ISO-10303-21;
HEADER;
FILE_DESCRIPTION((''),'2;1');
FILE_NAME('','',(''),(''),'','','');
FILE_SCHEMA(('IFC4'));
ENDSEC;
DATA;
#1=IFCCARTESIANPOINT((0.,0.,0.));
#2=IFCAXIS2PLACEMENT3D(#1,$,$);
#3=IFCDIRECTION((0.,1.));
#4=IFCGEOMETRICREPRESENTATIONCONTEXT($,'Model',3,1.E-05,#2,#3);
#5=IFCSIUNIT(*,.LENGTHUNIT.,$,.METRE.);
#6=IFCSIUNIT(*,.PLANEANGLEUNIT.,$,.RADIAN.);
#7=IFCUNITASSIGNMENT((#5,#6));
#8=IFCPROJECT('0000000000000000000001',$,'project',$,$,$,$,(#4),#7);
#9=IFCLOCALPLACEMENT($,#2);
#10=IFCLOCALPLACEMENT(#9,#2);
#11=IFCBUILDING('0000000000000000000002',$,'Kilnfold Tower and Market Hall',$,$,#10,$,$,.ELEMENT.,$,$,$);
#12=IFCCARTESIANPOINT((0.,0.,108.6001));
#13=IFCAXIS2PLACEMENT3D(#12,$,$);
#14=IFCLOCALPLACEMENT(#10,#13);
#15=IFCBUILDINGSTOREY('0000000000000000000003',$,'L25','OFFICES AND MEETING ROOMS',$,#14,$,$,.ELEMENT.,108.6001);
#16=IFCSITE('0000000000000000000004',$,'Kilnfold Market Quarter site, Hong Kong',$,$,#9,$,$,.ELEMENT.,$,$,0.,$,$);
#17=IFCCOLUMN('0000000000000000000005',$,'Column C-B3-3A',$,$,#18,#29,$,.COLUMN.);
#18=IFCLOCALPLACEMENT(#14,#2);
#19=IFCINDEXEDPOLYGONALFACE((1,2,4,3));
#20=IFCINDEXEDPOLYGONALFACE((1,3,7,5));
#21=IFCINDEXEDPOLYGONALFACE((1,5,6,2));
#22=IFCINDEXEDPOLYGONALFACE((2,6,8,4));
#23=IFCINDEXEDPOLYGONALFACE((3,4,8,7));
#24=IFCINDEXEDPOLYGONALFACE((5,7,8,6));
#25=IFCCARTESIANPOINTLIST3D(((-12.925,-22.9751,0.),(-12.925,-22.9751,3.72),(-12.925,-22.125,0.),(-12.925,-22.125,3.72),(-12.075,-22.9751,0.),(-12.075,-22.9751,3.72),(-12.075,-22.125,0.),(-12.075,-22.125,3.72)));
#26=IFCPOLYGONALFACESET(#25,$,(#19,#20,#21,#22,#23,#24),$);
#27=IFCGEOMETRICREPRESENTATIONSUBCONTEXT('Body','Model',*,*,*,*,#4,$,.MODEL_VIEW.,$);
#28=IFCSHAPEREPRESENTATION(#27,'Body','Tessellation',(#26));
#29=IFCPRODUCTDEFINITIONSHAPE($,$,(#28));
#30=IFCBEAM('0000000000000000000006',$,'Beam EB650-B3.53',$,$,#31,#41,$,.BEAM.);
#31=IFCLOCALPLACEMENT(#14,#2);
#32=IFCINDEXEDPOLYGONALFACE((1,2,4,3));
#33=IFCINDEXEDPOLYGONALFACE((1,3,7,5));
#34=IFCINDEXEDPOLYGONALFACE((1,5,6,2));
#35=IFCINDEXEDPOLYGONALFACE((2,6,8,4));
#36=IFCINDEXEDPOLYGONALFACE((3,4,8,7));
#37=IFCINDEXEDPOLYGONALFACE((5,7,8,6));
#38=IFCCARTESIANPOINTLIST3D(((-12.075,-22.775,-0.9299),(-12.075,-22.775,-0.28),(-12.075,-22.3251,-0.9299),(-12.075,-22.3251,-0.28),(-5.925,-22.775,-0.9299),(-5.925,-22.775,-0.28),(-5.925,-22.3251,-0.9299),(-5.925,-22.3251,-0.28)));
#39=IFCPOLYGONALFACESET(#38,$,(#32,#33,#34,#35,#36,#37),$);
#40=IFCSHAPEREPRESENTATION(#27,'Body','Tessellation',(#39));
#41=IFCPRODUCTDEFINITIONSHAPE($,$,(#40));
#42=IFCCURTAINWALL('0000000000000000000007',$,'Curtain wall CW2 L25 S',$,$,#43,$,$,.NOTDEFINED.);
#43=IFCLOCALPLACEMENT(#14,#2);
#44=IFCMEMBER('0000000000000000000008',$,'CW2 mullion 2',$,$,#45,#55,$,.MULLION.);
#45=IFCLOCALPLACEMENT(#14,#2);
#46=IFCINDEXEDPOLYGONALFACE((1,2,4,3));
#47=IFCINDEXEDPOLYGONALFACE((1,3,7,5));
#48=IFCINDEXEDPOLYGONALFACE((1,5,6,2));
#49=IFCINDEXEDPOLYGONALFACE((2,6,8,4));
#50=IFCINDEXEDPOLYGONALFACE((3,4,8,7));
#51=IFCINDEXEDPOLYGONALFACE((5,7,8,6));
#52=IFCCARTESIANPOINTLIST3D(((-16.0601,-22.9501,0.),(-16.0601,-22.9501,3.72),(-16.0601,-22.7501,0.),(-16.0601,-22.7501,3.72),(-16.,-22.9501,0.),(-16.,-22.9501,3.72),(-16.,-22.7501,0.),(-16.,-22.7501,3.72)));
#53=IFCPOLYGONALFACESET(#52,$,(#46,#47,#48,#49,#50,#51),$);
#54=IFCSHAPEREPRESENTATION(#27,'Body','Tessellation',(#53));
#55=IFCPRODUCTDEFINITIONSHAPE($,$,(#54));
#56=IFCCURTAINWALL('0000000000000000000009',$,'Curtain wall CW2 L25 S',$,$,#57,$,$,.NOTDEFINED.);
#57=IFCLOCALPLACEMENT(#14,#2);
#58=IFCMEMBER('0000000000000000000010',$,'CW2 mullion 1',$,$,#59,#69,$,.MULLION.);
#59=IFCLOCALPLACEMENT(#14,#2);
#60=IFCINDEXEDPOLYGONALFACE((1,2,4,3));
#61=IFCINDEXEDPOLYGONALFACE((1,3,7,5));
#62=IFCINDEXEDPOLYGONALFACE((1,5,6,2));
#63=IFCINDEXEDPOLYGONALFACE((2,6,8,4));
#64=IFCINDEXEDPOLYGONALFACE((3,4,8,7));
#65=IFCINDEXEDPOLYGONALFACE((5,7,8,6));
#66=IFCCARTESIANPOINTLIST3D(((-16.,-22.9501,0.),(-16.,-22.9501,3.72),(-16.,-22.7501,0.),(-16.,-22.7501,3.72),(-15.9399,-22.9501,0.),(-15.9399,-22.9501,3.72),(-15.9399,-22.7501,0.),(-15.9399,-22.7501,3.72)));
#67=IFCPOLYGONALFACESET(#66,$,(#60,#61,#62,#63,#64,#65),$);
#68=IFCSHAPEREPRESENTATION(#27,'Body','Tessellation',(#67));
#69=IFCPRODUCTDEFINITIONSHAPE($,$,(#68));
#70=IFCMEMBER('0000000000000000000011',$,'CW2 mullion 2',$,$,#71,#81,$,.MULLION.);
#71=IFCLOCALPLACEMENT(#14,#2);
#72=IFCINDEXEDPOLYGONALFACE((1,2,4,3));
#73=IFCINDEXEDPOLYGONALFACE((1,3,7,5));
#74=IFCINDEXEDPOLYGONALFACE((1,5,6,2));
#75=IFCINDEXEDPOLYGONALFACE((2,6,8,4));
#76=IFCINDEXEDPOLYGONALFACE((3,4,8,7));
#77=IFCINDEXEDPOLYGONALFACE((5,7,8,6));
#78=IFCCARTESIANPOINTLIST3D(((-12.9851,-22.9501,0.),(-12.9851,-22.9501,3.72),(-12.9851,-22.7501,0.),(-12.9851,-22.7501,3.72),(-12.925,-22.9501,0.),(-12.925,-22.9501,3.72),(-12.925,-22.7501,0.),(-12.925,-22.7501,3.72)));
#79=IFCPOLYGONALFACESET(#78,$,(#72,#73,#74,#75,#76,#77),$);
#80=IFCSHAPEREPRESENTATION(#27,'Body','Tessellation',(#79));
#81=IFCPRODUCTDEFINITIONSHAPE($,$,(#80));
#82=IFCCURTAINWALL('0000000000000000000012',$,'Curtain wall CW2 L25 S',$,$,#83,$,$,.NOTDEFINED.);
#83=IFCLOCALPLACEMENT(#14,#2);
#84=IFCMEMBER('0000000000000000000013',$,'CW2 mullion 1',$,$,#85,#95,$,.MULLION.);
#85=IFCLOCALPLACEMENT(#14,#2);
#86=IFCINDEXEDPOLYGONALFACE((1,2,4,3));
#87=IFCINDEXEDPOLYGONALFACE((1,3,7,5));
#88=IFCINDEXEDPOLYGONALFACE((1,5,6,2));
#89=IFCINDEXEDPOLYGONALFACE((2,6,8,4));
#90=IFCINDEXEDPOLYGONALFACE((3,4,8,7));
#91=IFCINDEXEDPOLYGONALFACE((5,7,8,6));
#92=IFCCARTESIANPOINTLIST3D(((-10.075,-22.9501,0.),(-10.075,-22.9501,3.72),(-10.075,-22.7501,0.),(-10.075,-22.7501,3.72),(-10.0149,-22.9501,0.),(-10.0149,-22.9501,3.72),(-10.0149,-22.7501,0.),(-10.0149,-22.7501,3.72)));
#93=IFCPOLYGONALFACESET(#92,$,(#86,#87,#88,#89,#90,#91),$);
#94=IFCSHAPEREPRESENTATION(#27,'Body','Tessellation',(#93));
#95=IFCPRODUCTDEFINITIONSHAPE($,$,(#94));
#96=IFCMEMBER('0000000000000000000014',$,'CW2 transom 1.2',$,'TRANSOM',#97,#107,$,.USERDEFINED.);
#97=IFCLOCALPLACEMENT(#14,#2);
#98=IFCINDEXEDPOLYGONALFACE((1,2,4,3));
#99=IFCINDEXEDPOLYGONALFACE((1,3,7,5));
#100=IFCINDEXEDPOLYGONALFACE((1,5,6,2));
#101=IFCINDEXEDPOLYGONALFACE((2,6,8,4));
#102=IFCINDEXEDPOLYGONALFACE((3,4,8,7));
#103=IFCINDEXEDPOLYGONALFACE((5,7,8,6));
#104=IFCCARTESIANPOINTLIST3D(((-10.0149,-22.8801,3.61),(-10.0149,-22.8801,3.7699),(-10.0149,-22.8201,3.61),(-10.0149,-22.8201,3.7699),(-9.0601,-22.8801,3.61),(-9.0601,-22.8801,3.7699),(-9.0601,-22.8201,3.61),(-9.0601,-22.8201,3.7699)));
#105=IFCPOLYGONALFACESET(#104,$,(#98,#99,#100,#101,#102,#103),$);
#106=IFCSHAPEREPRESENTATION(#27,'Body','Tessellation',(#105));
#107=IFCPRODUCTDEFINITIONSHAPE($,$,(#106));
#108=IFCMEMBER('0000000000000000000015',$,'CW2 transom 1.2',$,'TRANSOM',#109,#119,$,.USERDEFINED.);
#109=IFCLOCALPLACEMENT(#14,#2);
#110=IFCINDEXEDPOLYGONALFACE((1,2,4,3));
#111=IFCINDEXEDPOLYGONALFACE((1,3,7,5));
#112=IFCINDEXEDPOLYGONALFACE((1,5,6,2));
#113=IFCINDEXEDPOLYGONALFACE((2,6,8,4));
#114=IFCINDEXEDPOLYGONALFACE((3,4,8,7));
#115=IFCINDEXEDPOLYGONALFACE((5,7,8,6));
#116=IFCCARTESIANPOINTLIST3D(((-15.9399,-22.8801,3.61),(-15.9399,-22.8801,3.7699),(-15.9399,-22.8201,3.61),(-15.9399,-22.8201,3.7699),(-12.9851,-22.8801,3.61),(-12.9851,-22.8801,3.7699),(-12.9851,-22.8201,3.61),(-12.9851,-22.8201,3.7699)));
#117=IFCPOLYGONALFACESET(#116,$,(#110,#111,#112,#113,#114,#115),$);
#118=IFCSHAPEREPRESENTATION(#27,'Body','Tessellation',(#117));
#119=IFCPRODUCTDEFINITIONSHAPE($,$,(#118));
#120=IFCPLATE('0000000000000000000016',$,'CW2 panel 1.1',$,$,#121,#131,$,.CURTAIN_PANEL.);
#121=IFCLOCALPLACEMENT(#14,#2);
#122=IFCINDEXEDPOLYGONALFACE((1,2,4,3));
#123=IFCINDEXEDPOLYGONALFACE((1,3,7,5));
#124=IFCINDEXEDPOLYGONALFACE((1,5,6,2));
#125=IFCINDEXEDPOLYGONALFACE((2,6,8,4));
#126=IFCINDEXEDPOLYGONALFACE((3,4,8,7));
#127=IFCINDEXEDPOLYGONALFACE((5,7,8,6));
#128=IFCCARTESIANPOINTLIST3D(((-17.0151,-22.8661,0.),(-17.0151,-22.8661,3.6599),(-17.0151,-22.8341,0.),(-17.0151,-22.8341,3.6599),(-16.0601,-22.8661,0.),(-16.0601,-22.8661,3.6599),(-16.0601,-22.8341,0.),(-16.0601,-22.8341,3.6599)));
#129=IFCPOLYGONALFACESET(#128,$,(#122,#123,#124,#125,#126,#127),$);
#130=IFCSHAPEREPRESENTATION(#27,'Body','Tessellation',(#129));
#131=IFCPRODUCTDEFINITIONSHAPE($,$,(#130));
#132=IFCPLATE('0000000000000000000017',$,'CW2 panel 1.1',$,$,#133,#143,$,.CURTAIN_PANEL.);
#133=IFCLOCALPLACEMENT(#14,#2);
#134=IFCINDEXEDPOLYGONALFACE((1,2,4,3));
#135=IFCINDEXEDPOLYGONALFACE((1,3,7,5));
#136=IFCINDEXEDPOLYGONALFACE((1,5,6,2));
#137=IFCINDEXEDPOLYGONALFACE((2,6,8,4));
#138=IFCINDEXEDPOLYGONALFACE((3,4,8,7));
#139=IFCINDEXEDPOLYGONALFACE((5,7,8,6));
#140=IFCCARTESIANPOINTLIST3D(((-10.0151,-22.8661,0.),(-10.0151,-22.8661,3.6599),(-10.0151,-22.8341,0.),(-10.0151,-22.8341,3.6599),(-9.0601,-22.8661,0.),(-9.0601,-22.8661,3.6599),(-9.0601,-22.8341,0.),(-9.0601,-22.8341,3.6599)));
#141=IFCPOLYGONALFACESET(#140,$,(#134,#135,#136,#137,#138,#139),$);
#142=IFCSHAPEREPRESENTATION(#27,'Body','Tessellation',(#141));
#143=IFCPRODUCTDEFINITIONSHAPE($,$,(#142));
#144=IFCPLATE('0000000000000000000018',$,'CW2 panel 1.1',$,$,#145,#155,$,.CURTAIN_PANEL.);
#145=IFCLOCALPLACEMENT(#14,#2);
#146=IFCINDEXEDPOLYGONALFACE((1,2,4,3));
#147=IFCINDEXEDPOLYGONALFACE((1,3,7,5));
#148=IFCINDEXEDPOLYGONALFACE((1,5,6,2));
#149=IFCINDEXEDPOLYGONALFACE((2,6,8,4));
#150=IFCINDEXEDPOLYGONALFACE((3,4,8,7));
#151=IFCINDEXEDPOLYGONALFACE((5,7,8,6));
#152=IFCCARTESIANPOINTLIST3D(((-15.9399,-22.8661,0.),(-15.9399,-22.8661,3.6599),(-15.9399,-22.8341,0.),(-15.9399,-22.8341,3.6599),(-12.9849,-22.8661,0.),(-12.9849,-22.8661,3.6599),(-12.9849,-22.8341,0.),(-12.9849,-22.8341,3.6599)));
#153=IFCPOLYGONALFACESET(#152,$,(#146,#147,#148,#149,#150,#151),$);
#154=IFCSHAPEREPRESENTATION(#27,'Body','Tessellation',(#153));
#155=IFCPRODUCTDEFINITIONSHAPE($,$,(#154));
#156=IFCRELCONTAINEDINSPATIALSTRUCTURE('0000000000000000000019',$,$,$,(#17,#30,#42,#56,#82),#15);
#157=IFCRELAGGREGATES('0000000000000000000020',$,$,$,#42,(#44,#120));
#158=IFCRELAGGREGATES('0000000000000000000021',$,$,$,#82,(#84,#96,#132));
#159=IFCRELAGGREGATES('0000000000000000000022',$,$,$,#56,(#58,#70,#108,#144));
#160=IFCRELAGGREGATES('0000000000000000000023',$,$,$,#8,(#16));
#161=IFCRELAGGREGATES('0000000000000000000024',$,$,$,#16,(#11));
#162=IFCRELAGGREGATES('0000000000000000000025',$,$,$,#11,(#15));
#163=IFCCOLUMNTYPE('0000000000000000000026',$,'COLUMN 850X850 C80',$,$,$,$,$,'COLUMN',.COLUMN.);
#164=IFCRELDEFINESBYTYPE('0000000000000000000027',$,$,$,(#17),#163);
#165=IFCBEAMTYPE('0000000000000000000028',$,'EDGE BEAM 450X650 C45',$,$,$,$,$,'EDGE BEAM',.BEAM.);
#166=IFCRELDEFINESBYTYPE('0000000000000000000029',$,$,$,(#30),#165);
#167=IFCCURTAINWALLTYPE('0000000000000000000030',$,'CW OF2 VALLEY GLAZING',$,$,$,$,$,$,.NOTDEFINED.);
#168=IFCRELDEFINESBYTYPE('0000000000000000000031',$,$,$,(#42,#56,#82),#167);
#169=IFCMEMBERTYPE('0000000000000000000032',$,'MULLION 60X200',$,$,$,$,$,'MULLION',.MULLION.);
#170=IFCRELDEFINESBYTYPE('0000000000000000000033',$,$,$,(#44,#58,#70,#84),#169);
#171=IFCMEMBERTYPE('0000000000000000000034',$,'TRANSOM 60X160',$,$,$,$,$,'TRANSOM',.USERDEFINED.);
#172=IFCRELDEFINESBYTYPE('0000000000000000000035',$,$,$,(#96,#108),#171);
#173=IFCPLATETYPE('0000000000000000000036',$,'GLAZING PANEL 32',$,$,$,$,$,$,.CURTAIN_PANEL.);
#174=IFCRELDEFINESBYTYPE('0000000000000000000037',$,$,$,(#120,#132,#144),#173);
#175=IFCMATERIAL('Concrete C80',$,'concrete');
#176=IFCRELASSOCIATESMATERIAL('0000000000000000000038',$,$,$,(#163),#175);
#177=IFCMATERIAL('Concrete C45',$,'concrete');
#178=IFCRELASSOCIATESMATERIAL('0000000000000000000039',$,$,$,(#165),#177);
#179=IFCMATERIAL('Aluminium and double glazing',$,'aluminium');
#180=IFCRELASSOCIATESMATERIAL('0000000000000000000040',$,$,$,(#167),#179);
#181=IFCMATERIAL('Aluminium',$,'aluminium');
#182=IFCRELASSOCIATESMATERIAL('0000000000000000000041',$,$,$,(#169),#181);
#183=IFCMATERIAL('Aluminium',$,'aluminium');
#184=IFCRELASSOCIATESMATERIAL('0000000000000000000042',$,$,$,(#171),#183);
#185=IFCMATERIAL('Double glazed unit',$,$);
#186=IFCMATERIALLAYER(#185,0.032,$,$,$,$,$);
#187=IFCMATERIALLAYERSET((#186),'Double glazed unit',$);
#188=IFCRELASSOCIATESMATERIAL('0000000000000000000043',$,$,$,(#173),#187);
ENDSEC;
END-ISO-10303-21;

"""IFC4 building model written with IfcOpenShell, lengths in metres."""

from ifc_helpers import new_model, si_unit, direction, frame, origin, origin_2d, place, context, subcontext, project, spatial, rectangle, extrude, source, transform, mapped, material, layer, layer_set, material_profile, profile_set, type_object, element, aggregate, save


model = new_model("IFC4")

# Units and contexts
model_context = context("Model", 3, precision=1e-05, world=origin(), true_north=direction((0.0, 1.0)))
body_context = subcontext(model_context, "Body", "Model", "MODEL_VIEW")
ifc_project = project(units=[si_unit("LENGTHUNIT", "METRE"), si_unit("PLANEANGLEUNIT", "RADIAN")], contexts=[model_context])

# Site, building, storey
site_placement = place(None, origin())
site = spatial("IfcSite", under=ifc_project, at=site_placement, Name="Kilnfold Market Quarter site, Hong Kong", CompositionType="ELEMENT", RefElevation=0.0)
building_placement = place(site_placement, origin())
building = spatial("IfcBuilding", under=site, at=building_placement, Name="Kilnfold Tower and Market Hall", CompositionType="ELEMENT")
storey_placement = place(building_placement, frame((0.0, 0.0, 108.6001)))
storey = spatial("IfcBuildingStorey", under=building, at=storey_placement, Name="L25", Description="OFFICES AND MEETING ROOMS", CompositionType="ELEMENT", Elevation=108.6001)

# Column
ifc_material_1 = material(Name="Concrete C80", Category="concrete")
ifc_material_profile_1 = material_profile(ifc_material_1, rectangle(XDim=0.8501, YDim=0.8501, at=origin_2d()), Name="RC 850x850")
ifc_profile_set_1 = profile_set([ifc_material_profile_1], Name="Concrete C80")
column_type = type_object("IfcColumnType", Name="COLUMN 850X850 C80", ElementType="COLUMN", PredefinedType="COLUMN", material=ifc_profile_set_1)
shared_shape_1 = source(origin(), body_context, "Body", "SweptSolid", [
    extrude(rectangle(XDim=0.8501, YDim=0.8501, at=origin_2d()), origin(), (0.0, 0.0, 1.0), 3.72),
])
column_placement = place(storey_placement, frame((-12.5, -22.55, 0.0), z_axis=(0.0, 0.0, 1.0), x_axis=(1.0, 0.0, 0.0)))
element("IfcColumn", 1, at=column_placement, inside=storey, type_object=column_type, Name="Column C-B3-3A", PredefinedType="COLUMN", context=body_context, shape_type="MappedRepresentation", body=[
    mapped(shared_shape_1, transform((0.0, 0.0, 0.0))),
])

# Beam
ifc_material_2 = material(Name="Concrete C45", Category="concrete")
ifc_material_profile_2 = material_profile(ifc_material_2, rectangle(XDim=0.45, YDim=0.6499, at=origin_2d()), Name="RC 450x650")
ifc_profile_set_2 = profile_set([ifc_material_profile_2], Name="Concrete C45")
beam_type = type_object("IfcBeamType", Name="EDGE BEAM 450X650 C45", ElementType="EDGE BEAM", PredefinedType="BEAM", material=ifc_profile_set_2)
shared_shape_2 = source(origin(), body_context, "Body", "SweptSolid", [
    extrude(rectangle(XDim=0.45, YDim=0.6499, at=origin_2d()), origin(), (0.0, 0.0, 1.0), 6.1499),
])
beam_placement = place(storey_placement, frame((-12.075, -22.55, -0.605), z_axis=(1.0, 0.0, 0.0), x_axis=(0.0, 1.0, 0.0)))
element("IfcBeam", 2, at=beam_placement, inside=storey, type_object=beam_type, Name="Beam EB650-B3.53", PredefinedType="BEAM", context=body_context, shape_type="MappedRepresentation", body=[
    mapped(shared_shape_2, transform((0.0, 0.0, 0.0))),
])

# Curtain wall, member
ifc_material_3 = material(Name="Aluminium and double glazing", Category="aluminium")
curtain_wall_type = type_object("IfcCurtainWallType", Name="CW OF2 VALLEY GLAZING", PredefinedType="NOTDEFINED", material=ifc_material_3)
curtain_wall_1_placement = place(storey_placement, origin())
curtain_wall_1 = element("IfcCurtainWall", 3, at=curtain_wall_1_placement, inside=storey, type_object=curtain_wall_type, Name="Curtain wall CW2 L25 S", PredefinedType="NOTDEFINED")
ifc_material_4 = material(Name="Aluminium", Category="aluminium")
ifc_material_profile_3 = material_profile(ifc_material_4, rectangle(XDim=0.0601, YDim=0.2, at=origin_2d()), Name="MULLION 60x200")
ifc_profile_set_3 = profile_set([ifc_material_profile_3], Name="Aluminium")
member_type_1 = type_object("IfcMemberType", Name="MULLION 60X200", ElementType="MULLION", PredefinedType="MULLION", material=ifc_profile_set_3)
shared_shape_3 = source(origin(), body_context, "Body", "SweptSolid", [
    extrude(rectangle(XDim=0.0601, YDim=0.2, at=origin_2d()), origin(), (0.0, 0.0, 1.0), 3.72),
])
member_1_placement = place(storey_placement, frame((-16.03, -22.8501, 0.0), z_axis=(0.0, 0.0, 1.0), x_axis=(1.0, 0.0, 0.0)))
member_1 = element("IfcMember", 4, at=member_1_placement, type_object=member_type_1, Name="CW2 mullion 2", PredefinedType="MULLION", context=body_context, shape_type="MappedRepresentation", body=[
    mapped(shared_shape_3, transform((0.0, 0.0, 0.0))),
])

# Curtain walls, members
curtain_wall_2_placement = place(storey_placement, origin())
curtain_wall_2 = element("IfcCurtainWall", 5, at=curtain_wall_2_placement, inside=storey, type_object=curtain_wall_type, Name="Curtain wall CW2 L25 S", PredefinedType="NOTDEFINED")
member_2_placement = place(storey_placement, frame((-15.97, -22.8501, 0.0), z_axis=(0.0, 0.0, 1.0), x_axis=(1.0, 0.0, 0.0)))
member_2 = element("IfcMember", 6, at=member_2_placement, type_object=member_type_1, Name="CW2 mullion 1", PredefinedType="MULLION", context=body_context, shape_type="MappedRepresentation", body=[
    mapped(shared_shape_3, transform((0.0, 0.0, 0.0))),
])
member_3_placement = place(storey_placement, frame((-12.9551, -22.8501, 0.0), z_axis=(0.0, 0.0, 1.0), x_axis=(1.0, 0.0, 0.0)))
member_3 = element("IfcMember", 7, at=member_3_placement, type_object=member_type_1, Name="CW2 mullion 2", PredefinedType="MULLION", context=body_context, shape_type="MappedRepresentation", body=[
    mapped(shared_shape_3, transform((0.0, 0.0, 0.0))),
])
curtain_wall_3_placement = place(storey_placement, origin())
curtain_wall_3 = element("IfcCurtainWall", 8, at=curtain_wall_3_placement, inside=storey, type_object=curtain_wall_type, Name="Curtain wall CW2 L25 S", PredefinedType="NOTDEFINED")
member_4_placement = place(storey_placement, frame((-10.0449, -22.8501, 0.0), z_axis=(0.0, 0.0, 1.0), x_axis=(1.0, 0.0, 0.0)))
member_4 = element("IfcMember", 9, at=member_4_placement, type_object=member_type_1, Name="CW2 mullion 1", PredefinedType="MULLION", context=body_context, shape_type="MappedRepresentation", body=[
    mapped(shared_shape_3, transform((0.0, 0.0, 0.0))),
])
ifc_material_5 = material(Name="Aluminium", Category="aluminium")
ifc_material_profile_4 = material_profile(ifc_material_5, rectangle(XDim=0.0601, YDim=0.1599, at=origin_2d()), Name="TRANSOM 60x160")
ifc_profile_set_4 = profile_set([ifc_material_profile_4], Name="Aluminium")
member_type_2 = type_object("IfcMemberType", Name="TRANSOM 60X160", ElementType="TRANSOM", PredefinedType="USERDEFINED", material=ifc_profile_set_4)
shared_shape_4 = source(origin(), body_context, "Body", "SweptSolid", [
    extrude(rectangle(XDim=0.0601, YDim=0.1599, at=origin_2d()), origin(), (0.0, 0.0, 1.0), 0.9548),
])
member_5_placement = place(storey_placement, frame((-10.0149, -22.8501, 3.6899), z_axis=(1.0, 0.0, 0.0), x_axis=(0.0, 1.0, 0.0)))
member_5 = element("IfcMember", 10, at=member_5_placement, type_object=member_type_2, Name="CW2 transom 1.2", ObjectType="TRANSOM", PredefinedType="USERDEFINED", context=body_context, shape_type="MappedRepresentation", body=[
    mapped(shared_shape_4, transform((0.0, 0.0, 0.0))),
])

# Member
shared_shape_5 = source(origin(), body_context, "Body", "SweptSolid", [
    extrude(rectangle(XDim=0.0601, YDim=0.1599, at=origin_2d()), origin(), (0.0, 0.0, 1.0), 2.9548),
])
member_6_placement = place(storey_placement, frame((-15.9399, -22.8501, 3.6899), z_axis=(1.0, 0.0, 0.0), x_axis=(0.0, 1.0, 0.0)))
member_6 = element("IfcMember", 11, at=member_6_placement, type_object=member_type_2, Name="CW2 transom 1.2", ObjectType="TRANSOM", PredefinedType="USERDEFINED", context=body_context, shape_type="MappedRepresentation", body=[
    mapped(shared_shape_5, transform((0.0, 0.0, 0.0))),
])

# Plates
ifc_material_6 = material(Name="Double glazed unit")
ifc_layer_1 = layer(ifc_material_6, 0.032)
ifc_layer_set_1 = layer_set([ifc_layer_1], Name="Double glazed unit")
plate_type = type_object("IfcPlateType", Name="GLAZING PANEL 32", PredefinedType="CURTAIN_PANEL", material=ifc_layer_set_1)
shared_shape_6 = source(origin(), body_context, "Body", "SweptSolid", [
    extrude(rectangle(XDim=0.9551, YDim=0.032, at=origin_2d()), origin(), (0.0, 0.0, 1.0), 3.6599),
])
plate_1_placement = place(storey_placement, frame((-16.5376, -22.8501, 0.0), z_axis=(0.0, 0.0, 1.0), x_axis=(1.0, 0.0, 0.0)))
plate_1 = element("IfcPlate", 12, at=plate_1_placement, type_object=plate_type, Name="CW2 panel 1.1", PredefinedType="CURTAIN_PANEL", context=body_context, shape_type="MappedRepresentation", body=[
    mapped(shared_shape_6, transform((0.0, 0.0, 0.0))),
])
aggregate(curtain_wall_1, [member_1, plate_1])
plate_2_placement = place(storey_placement, frame((-9.5376, -22.8501, 0.0), z_axis=(0.0, 0.0, 1.0), x_axis=(1.0, 0.0, 0.0)))
plate_2 = element("IfcPlate", 13, at=plate_2_placement, type_object=plate_type, Name="CW2 panel 1.1", PredefinedType="CURTAIN_PANEL", context=body_context, shape_type="MappedRepresentation", body=[
    mapped(shared_shape_6, transform((0.0, 0.0, 0.0))),
])
aggregate(curtain_wall_3, [member_4, member_5, plate_2])
shared_shape_7 = source(origin(), body_context, "Body", "SweptSolid", [
    extrude(rectangle(XDim=2.9551, YDim=0.032, at=origin_2d()), origin(), (0.0, 0.0, 1.0), 3.6599),
])
plate_3_placement = place(storey_placement, frame((-14.4624, -22.8501, 0.0), z_axis=(0.0, 0.0, 1.0), x_axis=(1.0, 0.0, 0.0)))
plate_3 = element("IfcPlate", 14, at=plate_3_placement, type_object=plate_type, Name="CW2 panel 1.1", PredefinedType="CURTAIN_PANEL", context=body_context, shape_type="MappedRepresentation", body=[
    mapped(shared_shape_7, transform((0.0, 0.0, 0.0))),
])
aggregate(curtain_wall_2, [member_2, member_3, member_6, plate_3])

save(model, "model.ifc")
